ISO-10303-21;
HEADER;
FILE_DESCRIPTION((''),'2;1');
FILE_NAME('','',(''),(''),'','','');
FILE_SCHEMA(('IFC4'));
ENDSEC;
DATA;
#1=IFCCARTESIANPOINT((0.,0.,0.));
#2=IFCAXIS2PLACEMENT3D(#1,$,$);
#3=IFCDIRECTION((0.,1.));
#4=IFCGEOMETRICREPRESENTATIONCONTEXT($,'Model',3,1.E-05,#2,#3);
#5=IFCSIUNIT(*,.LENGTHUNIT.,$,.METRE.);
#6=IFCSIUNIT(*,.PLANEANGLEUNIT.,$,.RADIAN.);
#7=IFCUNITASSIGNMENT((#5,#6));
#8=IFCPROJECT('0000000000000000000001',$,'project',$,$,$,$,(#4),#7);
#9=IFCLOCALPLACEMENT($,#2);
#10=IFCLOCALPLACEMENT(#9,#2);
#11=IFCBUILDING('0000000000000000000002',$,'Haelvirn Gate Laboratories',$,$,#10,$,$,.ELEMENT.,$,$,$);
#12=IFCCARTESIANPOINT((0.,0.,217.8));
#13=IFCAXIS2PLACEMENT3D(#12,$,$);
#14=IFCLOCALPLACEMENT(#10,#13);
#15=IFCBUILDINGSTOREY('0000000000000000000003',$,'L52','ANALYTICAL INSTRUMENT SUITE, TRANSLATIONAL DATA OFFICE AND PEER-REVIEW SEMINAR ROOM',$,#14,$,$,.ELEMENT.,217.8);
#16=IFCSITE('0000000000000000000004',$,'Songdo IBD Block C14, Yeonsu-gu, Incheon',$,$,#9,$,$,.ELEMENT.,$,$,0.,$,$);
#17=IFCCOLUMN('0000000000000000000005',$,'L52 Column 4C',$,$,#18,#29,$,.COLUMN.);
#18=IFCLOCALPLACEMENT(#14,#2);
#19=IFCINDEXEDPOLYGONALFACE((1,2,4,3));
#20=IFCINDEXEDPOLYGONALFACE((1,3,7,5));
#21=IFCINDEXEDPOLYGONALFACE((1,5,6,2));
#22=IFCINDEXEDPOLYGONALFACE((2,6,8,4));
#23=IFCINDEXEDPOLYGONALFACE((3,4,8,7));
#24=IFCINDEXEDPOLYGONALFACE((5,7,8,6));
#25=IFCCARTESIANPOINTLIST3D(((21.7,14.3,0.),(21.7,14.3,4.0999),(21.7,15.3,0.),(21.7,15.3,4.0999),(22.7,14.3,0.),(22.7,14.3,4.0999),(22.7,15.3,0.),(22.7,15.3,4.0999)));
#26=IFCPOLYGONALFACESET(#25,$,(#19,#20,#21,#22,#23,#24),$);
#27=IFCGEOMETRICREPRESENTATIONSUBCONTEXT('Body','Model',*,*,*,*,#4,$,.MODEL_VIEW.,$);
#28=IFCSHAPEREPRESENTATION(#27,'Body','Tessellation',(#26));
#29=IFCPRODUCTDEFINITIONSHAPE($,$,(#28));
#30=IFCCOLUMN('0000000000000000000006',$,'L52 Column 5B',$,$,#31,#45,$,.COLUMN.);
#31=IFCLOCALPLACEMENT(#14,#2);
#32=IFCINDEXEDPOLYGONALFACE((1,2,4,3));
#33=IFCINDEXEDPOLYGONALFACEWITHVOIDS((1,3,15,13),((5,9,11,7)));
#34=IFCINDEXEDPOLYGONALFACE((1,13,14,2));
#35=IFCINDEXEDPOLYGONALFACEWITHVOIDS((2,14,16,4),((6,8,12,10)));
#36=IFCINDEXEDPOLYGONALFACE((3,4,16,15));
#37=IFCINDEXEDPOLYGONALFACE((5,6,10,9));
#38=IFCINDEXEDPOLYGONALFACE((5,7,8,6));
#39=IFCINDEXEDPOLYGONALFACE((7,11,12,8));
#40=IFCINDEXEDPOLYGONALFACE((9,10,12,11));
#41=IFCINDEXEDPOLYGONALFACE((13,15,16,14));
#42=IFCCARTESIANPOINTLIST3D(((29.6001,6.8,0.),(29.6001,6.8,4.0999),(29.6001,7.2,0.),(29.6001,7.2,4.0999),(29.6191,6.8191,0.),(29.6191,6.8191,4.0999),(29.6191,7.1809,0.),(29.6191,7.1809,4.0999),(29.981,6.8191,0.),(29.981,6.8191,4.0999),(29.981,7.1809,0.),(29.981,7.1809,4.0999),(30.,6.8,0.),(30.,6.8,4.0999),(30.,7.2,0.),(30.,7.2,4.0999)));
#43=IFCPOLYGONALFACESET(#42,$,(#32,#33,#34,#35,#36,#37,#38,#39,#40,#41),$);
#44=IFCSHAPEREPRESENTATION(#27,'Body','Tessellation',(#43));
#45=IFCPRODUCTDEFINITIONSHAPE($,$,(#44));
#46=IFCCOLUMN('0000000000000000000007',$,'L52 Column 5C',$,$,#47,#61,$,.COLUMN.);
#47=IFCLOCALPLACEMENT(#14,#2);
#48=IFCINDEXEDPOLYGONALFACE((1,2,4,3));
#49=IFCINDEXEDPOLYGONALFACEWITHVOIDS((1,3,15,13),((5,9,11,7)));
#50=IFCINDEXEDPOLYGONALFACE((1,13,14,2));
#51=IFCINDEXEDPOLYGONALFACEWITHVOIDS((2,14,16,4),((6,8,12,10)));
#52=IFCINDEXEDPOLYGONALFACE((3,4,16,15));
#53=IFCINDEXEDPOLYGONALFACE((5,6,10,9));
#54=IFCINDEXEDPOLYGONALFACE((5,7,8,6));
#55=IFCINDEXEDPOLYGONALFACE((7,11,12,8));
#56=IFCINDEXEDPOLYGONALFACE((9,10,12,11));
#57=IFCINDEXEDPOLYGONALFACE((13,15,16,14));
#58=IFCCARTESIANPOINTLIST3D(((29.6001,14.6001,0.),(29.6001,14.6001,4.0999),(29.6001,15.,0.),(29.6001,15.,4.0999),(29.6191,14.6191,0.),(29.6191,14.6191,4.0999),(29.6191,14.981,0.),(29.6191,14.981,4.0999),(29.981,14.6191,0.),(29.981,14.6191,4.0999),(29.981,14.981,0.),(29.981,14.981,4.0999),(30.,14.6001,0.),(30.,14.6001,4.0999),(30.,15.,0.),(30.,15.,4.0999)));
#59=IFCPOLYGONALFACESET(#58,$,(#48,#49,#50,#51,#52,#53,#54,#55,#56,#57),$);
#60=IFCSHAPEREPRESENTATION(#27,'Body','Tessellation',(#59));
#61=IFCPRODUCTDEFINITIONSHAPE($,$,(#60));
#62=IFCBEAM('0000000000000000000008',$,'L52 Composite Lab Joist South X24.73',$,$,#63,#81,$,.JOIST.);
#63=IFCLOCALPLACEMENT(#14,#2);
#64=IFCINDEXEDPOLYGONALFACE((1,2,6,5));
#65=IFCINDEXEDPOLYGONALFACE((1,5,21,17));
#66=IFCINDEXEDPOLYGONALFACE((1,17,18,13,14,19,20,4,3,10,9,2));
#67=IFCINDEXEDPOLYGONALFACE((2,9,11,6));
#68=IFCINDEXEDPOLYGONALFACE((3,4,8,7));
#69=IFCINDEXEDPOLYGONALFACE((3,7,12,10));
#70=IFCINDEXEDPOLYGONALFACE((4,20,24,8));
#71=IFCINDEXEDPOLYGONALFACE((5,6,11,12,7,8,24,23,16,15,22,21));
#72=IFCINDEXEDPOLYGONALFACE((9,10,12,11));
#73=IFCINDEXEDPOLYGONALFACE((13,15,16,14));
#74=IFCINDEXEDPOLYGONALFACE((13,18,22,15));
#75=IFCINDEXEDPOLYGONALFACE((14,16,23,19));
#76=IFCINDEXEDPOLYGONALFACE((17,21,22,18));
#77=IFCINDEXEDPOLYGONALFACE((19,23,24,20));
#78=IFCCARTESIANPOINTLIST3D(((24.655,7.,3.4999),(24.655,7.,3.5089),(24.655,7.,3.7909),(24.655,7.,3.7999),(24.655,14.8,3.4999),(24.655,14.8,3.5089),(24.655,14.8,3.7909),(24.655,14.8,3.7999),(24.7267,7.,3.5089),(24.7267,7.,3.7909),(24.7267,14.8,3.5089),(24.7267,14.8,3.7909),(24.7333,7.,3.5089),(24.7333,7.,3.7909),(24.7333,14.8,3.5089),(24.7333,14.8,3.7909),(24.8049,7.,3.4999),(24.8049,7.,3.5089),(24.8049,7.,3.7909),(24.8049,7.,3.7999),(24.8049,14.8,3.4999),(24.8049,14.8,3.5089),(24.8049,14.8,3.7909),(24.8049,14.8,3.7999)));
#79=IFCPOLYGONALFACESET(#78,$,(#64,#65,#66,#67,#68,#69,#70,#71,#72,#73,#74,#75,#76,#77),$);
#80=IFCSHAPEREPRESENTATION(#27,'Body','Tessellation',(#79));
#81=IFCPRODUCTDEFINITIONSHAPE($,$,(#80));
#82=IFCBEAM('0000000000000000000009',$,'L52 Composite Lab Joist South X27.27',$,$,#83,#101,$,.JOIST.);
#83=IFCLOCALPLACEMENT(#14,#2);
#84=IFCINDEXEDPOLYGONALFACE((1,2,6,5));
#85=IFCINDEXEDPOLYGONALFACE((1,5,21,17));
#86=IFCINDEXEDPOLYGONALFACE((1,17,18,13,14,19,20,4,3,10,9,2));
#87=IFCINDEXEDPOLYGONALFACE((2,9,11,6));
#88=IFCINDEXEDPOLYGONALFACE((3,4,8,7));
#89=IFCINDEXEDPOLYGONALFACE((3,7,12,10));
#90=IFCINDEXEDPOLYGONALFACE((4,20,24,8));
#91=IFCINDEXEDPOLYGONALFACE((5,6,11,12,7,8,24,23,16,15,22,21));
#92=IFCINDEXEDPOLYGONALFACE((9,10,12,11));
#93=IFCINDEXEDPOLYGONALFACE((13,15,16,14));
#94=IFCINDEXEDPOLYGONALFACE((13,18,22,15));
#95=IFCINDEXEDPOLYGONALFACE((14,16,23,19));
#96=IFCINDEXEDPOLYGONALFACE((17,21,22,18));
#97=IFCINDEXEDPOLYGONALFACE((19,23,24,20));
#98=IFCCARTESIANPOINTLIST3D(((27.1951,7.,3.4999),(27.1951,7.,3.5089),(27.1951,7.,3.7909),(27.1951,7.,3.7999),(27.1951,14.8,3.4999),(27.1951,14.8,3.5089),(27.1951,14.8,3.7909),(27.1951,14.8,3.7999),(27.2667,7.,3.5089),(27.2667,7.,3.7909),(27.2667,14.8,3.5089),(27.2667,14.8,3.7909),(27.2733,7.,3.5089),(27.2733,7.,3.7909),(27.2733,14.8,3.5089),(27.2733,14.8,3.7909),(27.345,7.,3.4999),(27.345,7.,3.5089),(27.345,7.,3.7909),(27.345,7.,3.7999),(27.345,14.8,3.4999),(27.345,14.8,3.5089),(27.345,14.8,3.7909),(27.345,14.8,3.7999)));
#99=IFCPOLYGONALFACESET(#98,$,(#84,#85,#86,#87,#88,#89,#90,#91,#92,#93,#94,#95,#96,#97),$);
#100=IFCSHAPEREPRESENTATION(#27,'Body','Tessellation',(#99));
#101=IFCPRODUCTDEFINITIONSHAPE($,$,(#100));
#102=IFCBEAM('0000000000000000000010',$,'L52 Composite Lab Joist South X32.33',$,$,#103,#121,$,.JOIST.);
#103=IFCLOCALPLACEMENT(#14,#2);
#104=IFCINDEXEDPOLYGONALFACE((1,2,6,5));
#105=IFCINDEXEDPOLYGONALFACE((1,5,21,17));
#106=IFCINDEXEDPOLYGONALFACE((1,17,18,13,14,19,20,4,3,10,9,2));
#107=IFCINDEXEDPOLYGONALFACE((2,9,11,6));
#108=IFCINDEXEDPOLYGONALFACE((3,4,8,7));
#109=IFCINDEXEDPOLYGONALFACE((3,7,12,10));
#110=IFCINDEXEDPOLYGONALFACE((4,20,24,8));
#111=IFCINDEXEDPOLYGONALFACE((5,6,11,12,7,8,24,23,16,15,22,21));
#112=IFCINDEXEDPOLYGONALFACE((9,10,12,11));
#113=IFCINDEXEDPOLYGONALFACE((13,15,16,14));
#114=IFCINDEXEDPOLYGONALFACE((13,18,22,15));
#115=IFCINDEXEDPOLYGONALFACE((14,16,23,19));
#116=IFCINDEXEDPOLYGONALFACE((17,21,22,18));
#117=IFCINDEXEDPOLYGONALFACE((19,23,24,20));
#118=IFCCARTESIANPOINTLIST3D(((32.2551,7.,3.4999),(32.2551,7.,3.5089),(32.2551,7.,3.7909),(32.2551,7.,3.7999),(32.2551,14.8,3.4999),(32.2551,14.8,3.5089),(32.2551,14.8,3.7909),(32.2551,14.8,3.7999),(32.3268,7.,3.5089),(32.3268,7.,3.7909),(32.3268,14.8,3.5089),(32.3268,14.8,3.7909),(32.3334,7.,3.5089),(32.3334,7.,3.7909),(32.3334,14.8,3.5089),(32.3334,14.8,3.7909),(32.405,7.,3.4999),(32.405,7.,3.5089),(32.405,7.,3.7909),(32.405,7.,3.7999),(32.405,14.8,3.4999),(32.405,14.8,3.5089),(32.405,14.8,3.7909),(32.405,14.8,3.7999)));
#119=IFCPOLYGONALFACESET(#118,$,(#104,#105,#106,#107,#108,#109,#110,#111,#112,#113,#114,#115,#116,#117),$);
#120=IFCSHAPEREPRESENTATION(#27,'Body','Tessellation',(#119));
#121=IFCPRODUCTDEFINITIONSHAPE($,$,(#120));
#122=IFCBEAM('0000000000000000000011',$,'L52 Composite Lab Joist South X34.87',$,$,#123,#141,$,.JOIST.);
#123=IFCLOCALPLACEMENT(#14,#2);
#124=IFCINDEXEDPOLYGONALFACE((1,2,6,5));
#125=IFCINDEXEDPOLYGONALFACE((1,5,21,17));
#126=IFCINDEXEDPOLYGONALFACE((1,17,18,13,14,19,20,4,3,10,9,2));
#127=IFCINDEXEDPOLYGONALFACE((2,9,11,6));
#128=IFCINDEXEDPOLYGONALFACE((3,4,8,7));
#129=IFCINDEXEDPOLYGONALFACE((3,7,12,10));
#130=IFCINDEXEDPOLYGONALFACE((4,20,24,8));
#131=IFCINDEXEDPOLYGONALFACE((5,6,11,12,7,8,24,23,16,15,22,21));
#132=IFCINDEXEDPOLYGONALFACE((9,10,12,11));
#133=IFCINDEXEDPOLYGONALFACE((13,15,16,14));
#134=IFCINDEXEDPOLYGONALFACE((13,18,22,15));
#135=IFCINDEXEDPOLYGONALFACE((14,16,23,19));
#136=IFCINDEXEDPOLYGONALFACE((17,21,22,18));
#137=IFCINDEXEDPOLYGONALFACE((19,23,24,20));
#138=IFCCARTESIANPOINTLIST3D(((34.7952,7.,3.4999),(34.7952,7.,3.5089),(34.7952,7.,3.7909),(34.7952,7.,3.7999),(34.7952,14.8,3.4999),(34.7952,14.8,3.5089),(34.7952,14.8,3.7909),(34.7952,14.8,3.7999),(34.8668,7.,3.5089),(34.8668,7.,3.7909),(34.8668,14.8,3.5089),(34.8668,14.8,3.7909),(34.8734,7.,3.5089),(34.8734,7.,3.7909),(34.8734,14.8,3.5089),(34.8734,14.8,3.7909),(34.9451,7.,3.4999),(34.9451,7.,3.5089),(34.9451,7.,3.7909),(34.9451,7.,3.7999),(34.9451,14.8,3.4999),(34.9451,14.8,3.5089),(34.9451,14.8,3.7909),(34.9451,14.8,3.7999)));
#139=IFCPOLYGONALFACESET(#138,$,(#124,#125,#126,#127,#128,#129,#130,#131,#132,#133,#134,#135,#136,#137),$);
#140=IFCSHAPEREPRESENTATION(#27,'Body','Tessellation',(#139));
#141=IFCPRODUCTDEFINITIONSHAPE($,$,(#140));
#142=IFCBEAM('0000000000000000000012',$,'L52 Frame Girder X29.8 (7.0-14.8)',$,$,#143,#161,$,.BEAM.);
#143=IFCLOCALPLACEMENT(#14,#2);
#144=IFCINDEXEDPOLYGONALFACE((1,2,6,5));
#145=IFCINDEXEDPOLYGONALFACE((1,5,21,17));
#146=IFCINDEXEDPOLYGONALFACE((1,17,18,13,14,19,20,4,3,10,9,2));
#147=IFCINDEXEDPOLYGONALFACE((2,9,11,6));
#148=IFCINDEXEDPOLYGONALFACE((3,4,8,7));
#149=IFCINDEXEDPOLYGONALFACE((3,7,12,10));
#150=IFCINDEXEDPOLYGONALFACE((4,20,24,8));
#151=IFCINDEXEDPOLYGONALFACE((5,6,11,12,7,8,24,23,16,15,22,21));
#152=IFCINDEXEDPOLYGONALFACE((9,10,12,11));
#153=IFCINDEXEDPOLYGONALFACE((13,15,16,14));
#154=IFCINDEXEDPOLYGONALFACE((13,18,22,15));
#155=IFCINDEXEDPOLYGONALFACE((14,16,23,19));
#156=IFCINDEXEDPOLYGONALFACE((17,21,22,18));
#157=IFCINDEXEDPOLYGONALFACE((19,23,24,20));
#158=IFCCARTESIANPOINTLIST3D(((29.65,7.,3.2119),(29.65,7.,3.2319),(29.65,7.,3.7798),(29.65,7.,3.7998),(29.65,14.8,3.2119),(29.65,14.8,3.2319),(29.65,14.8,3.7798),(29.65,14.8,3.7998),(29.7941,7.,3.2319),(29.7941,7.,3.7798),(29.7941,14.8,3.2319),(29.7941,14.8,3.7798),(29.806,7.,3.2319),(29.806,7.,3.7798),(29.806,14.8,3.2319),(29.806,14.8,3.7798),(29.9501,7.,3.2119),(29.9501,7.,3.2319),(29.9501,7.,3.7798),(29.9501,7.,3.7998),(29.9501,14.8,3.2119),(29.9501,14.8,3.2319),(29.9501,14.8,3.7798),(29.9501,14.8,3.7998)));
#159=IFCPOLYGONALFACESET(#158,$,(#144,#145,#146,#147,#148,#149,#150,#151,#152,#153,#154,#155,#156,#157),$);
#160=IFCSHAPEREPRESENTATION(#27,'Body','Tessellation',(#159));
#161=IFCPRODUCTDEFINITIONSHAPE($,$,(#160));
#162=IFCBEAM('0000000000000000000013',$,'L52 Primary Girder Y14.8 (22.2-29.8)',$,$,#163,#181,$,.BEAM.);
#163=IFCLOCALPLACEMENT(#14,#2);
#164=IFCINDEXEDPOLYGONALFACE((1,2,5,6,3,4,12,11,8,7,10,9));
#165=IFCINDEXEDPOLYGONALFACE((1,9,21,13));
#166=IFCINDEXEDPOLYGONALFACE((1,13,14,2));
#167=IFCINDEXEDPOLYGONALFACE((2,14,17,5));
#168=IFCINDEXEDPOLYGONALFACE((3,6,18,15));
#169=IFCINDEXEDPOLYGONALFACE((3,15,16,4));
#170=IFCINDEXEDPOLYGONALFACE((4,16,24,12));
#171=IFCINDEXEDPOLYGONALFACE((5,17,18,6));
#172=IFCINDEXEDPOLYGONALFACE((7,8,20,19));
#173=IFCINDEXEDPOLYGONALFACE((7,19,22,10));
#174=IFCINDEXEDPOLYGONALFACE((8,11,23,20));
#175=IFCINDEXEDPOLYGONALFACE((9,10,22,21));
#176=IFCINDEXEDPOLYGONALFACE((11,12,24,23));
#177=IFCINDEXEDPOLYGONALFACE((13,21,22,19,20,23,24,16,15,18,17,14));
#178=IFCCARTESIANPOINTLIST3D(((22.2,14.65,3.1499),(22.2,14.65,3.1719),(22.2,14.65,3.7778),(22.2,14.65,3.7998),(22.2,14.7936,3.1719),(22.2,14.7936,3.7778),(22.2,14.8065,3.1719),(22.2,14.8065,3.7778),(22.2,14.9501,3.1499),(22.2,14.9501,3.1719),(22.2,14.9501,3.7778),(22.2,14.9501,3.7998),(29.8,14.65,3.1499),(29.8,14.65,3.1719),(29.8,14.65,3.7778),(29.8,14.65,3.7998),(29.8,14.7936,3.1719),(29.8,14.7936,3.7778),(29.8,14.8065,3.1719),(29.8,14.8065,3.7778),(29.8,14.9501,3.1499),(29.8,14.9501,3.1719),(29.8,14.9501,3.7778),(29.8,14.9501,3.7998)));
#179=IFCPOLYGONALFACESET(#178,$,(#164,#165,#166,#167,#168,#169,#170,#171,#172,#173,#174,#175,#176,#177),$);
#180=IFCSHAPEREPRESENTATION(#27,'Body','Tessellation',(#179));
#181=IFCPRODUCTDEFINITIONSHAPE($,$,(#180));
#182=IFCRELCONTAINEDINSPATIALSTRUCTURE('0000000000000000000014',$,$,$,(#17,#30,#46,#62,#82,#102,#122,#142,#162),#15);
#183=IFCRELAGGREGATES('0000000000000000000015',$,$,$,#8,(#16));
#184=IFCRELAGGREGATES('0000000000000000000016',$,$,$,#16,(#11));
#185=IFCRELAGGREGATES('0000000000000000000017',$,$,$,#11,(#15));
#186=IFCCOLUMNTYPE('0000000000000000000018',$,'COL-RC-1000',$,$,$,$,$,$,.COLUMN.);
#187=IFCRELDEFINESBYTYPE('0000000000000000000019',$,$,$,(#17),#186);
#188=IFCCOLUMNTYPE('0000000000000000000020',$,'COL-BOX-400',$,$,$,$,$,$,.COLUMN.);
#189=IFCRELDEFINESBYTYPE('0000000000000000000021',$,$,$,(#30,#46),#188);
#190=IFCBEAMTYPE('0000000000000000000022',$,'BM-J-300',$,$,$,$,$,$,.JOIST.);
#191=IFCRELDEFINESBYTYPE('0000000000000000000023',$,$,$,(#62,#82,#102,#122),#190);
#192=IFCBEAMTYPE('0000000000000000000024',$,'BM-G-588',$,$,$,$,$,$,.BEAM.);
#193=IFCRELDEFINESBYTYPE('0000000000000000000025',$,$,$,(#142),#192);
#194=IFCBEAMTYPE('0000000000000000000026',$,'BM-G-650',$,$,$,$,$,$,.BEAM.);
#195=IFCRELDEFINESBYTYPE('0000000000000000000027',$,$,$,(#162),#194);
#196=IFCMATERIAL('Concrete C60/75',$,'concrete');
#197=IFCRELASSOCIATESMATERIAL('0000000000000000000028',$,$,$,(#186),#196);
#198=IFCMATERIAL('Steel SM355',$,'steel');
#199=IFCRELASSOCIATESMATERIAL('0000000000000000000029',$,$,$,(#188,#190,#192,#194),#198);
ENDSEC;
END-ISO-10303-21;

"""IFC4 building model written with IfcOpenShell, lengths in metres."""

from ifc_helpers import new_model, si_unit, direction, frame, origin, origin_2d, place, context, subcontext, project, spatial, rectangle, hollow_rectangle, i_section, extrude, source, transform, mapped, material, material_profile, profile_set, type_object, type_shapes, element, save


model = new_model("IFC4")

# Units and contexts
model_context = context("Model", 3, precision=1e-05, world=origin(), true_north=direction((0.0, 1.0)))
body_context = subcontext(model_context, "Body", "Model", "MODEL_VIEW")
ifc_project = project(units=[si_unit("LENGTHUNIT", "METRE"), si_unit("PLANEANGLEUNIT", "RADIAN")], contexts=[model_context])

# Site, building, storey
site_placement = place(None, origin())
site = spatial("IfcSite", under=ifc_project, at=site_placement, Name="Songdo IBD Block C14, Yeonsu-gu, Incheon", CompositionType="ELEMENT", RefElevation=0.0)
building_placement = place(site_placement, origin())
building = spatial("IfcBuilding", under=site, at=building_placement, Name="Haelvirn Gate Laboratories", CompositionType="ELEMENT")
storey_placement = place(building_placement, frame((0.0, 0.0, 217.8)))
storey = spatial("IfcBuildingStorey", under=building, at=storey_placement, Name="L52", Description="ANALYTICAL INSTRUMENT SUITE, TRANSLATIONAL DATA OFFICE AND PEER-REVIEW SEMINAR ROOM", CompositionType="ELEMENT", Elevation=217.8)

# Columns
ifc_material_1 = material(Name="Concrete C60/75", Category="concrete")
ifc_material_profile_1 = material_profile(ifc_material_1, rectangle(XDim=1.0, YDim=1.0, at=origin_2d()), Name="RC-1000x1000")
ifc_profile_set_1 = profile_set([ifc_material_profile_1], Name="Concrete C60/75")
column_type_1 = type_object("IfcColumnType", Name="COL-RC-1000", PredefinedType="COLUMN", material=ifc_profile_set_1)
shared_shape_1 = source(origin(), body_context, "Body", "SweptSolid", [
    extrude(rectangle(XDim=1.0, YDim=1.0, at=origin_2d()), origin(), (0.0, 0.0, 1.0), 4.0999),
])
type_shapes(column_type_1, [shared_shape_1])
column_placement = place(storey_placement, frame((22.2, 14.8, 0.0), z_axis=(0.0, 0.0, 1.0), x_axis=(1.0, 0.0, 0.0)))
element("IfcColumn", 1, at=column_placement, inside=storey, type_object=column_type_1, Name="L52 Column 4C", PredefinedType="COLUMN", context=body_context, shape_type="MappedRepresentation", body=[
    mapped(shared_shape_1, transform((0.0, 0.0, 0.0), scale=1.0)),
])
ifc_material_2 = material(Name="Steel SM355", Category="steel")
ifc_material_profile_2 = material_profile(ifc_material_2, hollow_rectangle(XDim=0.3999, YDim=0.3999, WallThickness=0.019, at=origin_2d()), Name="BOX-400x400x19")
ifc_profile_set_2 = profile_set([ifc_material_profile_2], Name="Steel SM355")
column_type_2 = type_object("IfcColumnType", Name="COL-BOX-400", PredefinedType="COLUMN", material=ifc_profile_set_2)
shared_shape_2 = source(origin(), body_context, "Body", "SweptSolid", [
    extrude(hollow_rectangle(XDim=0.3999, YDim=0.3999, WallThickness=0.019, at=origin_2d()), origin(), (0.0, 0.0, 1.0), 4.0999),
])
type_shapes(column_type_2, [shared_shape_2])
for number, where, z_axis, x_axis, name in (
    (2, (29.8, 7.0, 0.0), (0.0, 0.0, 1.0), (1.0, 0.0, 0.0), "L52 Column 5B"),
    (3, (29.8, 14.8, 0.0), (0.0, 0.0, 1.0), (1.0, 0.0, 0.0), "L52 Column 5C"),
):
    element("IfcColumn", number, at=place(storey_placement, frame(where, z_axis=z_axis, x_axis=x_axis)), inside=storey, type_object=column_type_2, Name=name, PredefinedType="COLUMN", context=body_context, shape_type="MappedRepresentation", body=[
        mapped(shared_shape_2, transform((0.0, 0.0, 0.0), scale=1.0)),
    ])

# Beams
ifc_material_profile_3 = material_profile(ifc_material_2, i_section(OverallWidth=0.1499, OverallDepth=0.3, WebThickness=0.0066, FlangeThickness=0.009, at=origin_2d()), Name="H-300x150x6.5x9")
ifc_profile_set_3 = profile_set([ifc_material_profile_3], Name="Steel SM355")
beam_type_1 = type_object("IfcBeamType", Name="BM-J-300", PredefinedType="JOIST", material=ifc_profile_set_3)
shared_shape_3 = source(origin(), body_context, "Body", "SweptSolid", [
    extrude(i_section(OverallWidth=0.1499, OverallDepth=0.3, WebThickness=0.0066, FlangeThickness=0.009, at=origin_2d()), origin(), (0.0, 0.0, 1.0), 7.8),
])
type_shapes(beam_type_1, [shared_shape_3])
for number, where, z_axis, x_axis, name in (
    (4, (24.73, 7.0, 3.6499), (0.0, 1.0, 0.0), (-1.0, 0.0, 0.0), "L52 Composite Lab Joist South X24.73"),
    (5, (27.27, 7.0, 3.6499), (0.0, 1.0, 0.0), (-1.0, 0.0, 0.0), "L52 Composite Lab Joist South X27.27"),
    (6, (32.3301, 7.0, 3.6499), (0.0, 1.0, 0.0), (-1.0, 0.0, 0.0), "L52 Composite Lab Joist South X32.33"),
    (7, (34.8701, 7.0, 3.6499), (0.0, 1.0, 0.0), (-1.0, 0.0, 0.0), "L52 Composite Lab Joist South X34.87"),
):
    element("IfcBeam", number, at=place(storey_placement, frame(where, z_axis=z_axis, x_axis=x_axis)), inside=storey, type_object=beam_type_1, Name=name, PredefinedType="JOIST", context=body_context, shape_type="MappedRepresentation", body=[
        mapped(shared_shape_3, transform((0.0, 0.0, 0.0), scale=1.0)),
    ])
ifc_material_profile_4 = material_profile(ifc_material_2, i_section(OverallWidth=0.3, OverallDepth=0.5879, WebThickness=0.012, FlangeThickness=0.02, at=origin_2d()), Name="H-588x300x12x20")
ifc_profile_set_4 = profile_set([ifc_material_profile_4], Name="Steel SM355")
beam_type_2 = type_object("IfcBeamType", Name="BM-G-588", PredefinedType="BEAM", material=ifc_profile_set_4)
shared_shape_4 = source(origin(), body_context, "Body", "SweptSolid", [
    extrude(i_section(OverallWidth=0.3, OverallDepth=0.5879, WebThickness=0.012, FlangeThickness=0.02, at=origin_2d()), origin(), (0.0, 0.0, 1.0), 7.8),
])
type_shapes(beam_type_2, [shared_shape_4])
beam_1_placement = place(storey_placement, frame((29.8, 7.0, 3.5059), z_axis=(0.0, 1.0, 0.0), x_axis=(-1.0, 0.0, 0.0)))
element("IfcBeam", 8, at=beam_1_placement, inside=storey, type_object=beam_type_2, Name="L52 Frame Girder X29.8 (7.0-14.8)", PredefinedType="BEAM", context=body_context, shape_type="MappedRepresentation", body=[
    mapped(shared_shape_4, transform((0.0, 0.0, 0.0), scale=1.0)),
])
ifc_material_profile_5 = material_profile(ifc_material_2, i_section(OverallWidth=0.3, OverallDepth=0.6499, WebThickness=0.0129, FlangeThickness=0.022, at=origin_2d()), Name="H-650x300x13x22")
ifc_profile_set_5 = profile_set([ifc_material_profile_5], Name="Steel SM355")
beam_type_3 = type_object("IfcBeamType", Name="BM-G-650", PredefinedType="BEAM", material=ifc_profile_set_5)
shared_shape_5 = source(origin(), body_context, "Body", "SweptSolid", [
    extrude(i_section(OverallWidth=0.3, OverallDepth=0.6499, WebThickness=0.0129, FlangeThickness=0.022, at=origin_2d()), origin(), (0.0, 0.0, 1.0), 7.6001),
])
beam_2_placement = place(storey_placement, frame((22.2, 14.8, 3.4749), z_axis=(1.0, 0.0, 0.0), x_axis=(0.0, 1.0, 0.0)))
element("IfcBeam", 9, at=beam_2_placement, inside=storey, type_object=beam_type_3, Name="L52 Primary Girder Y14.8 (22.2-29.8)", PredefinedType="BEAM", context=body_context, shape_type="MappedRepresentation", body=[
    mapped(shared_shape_5, transform((0.0, 0.0, 0.0), scale=1.0)),
])

save(model, "model.ifc")
